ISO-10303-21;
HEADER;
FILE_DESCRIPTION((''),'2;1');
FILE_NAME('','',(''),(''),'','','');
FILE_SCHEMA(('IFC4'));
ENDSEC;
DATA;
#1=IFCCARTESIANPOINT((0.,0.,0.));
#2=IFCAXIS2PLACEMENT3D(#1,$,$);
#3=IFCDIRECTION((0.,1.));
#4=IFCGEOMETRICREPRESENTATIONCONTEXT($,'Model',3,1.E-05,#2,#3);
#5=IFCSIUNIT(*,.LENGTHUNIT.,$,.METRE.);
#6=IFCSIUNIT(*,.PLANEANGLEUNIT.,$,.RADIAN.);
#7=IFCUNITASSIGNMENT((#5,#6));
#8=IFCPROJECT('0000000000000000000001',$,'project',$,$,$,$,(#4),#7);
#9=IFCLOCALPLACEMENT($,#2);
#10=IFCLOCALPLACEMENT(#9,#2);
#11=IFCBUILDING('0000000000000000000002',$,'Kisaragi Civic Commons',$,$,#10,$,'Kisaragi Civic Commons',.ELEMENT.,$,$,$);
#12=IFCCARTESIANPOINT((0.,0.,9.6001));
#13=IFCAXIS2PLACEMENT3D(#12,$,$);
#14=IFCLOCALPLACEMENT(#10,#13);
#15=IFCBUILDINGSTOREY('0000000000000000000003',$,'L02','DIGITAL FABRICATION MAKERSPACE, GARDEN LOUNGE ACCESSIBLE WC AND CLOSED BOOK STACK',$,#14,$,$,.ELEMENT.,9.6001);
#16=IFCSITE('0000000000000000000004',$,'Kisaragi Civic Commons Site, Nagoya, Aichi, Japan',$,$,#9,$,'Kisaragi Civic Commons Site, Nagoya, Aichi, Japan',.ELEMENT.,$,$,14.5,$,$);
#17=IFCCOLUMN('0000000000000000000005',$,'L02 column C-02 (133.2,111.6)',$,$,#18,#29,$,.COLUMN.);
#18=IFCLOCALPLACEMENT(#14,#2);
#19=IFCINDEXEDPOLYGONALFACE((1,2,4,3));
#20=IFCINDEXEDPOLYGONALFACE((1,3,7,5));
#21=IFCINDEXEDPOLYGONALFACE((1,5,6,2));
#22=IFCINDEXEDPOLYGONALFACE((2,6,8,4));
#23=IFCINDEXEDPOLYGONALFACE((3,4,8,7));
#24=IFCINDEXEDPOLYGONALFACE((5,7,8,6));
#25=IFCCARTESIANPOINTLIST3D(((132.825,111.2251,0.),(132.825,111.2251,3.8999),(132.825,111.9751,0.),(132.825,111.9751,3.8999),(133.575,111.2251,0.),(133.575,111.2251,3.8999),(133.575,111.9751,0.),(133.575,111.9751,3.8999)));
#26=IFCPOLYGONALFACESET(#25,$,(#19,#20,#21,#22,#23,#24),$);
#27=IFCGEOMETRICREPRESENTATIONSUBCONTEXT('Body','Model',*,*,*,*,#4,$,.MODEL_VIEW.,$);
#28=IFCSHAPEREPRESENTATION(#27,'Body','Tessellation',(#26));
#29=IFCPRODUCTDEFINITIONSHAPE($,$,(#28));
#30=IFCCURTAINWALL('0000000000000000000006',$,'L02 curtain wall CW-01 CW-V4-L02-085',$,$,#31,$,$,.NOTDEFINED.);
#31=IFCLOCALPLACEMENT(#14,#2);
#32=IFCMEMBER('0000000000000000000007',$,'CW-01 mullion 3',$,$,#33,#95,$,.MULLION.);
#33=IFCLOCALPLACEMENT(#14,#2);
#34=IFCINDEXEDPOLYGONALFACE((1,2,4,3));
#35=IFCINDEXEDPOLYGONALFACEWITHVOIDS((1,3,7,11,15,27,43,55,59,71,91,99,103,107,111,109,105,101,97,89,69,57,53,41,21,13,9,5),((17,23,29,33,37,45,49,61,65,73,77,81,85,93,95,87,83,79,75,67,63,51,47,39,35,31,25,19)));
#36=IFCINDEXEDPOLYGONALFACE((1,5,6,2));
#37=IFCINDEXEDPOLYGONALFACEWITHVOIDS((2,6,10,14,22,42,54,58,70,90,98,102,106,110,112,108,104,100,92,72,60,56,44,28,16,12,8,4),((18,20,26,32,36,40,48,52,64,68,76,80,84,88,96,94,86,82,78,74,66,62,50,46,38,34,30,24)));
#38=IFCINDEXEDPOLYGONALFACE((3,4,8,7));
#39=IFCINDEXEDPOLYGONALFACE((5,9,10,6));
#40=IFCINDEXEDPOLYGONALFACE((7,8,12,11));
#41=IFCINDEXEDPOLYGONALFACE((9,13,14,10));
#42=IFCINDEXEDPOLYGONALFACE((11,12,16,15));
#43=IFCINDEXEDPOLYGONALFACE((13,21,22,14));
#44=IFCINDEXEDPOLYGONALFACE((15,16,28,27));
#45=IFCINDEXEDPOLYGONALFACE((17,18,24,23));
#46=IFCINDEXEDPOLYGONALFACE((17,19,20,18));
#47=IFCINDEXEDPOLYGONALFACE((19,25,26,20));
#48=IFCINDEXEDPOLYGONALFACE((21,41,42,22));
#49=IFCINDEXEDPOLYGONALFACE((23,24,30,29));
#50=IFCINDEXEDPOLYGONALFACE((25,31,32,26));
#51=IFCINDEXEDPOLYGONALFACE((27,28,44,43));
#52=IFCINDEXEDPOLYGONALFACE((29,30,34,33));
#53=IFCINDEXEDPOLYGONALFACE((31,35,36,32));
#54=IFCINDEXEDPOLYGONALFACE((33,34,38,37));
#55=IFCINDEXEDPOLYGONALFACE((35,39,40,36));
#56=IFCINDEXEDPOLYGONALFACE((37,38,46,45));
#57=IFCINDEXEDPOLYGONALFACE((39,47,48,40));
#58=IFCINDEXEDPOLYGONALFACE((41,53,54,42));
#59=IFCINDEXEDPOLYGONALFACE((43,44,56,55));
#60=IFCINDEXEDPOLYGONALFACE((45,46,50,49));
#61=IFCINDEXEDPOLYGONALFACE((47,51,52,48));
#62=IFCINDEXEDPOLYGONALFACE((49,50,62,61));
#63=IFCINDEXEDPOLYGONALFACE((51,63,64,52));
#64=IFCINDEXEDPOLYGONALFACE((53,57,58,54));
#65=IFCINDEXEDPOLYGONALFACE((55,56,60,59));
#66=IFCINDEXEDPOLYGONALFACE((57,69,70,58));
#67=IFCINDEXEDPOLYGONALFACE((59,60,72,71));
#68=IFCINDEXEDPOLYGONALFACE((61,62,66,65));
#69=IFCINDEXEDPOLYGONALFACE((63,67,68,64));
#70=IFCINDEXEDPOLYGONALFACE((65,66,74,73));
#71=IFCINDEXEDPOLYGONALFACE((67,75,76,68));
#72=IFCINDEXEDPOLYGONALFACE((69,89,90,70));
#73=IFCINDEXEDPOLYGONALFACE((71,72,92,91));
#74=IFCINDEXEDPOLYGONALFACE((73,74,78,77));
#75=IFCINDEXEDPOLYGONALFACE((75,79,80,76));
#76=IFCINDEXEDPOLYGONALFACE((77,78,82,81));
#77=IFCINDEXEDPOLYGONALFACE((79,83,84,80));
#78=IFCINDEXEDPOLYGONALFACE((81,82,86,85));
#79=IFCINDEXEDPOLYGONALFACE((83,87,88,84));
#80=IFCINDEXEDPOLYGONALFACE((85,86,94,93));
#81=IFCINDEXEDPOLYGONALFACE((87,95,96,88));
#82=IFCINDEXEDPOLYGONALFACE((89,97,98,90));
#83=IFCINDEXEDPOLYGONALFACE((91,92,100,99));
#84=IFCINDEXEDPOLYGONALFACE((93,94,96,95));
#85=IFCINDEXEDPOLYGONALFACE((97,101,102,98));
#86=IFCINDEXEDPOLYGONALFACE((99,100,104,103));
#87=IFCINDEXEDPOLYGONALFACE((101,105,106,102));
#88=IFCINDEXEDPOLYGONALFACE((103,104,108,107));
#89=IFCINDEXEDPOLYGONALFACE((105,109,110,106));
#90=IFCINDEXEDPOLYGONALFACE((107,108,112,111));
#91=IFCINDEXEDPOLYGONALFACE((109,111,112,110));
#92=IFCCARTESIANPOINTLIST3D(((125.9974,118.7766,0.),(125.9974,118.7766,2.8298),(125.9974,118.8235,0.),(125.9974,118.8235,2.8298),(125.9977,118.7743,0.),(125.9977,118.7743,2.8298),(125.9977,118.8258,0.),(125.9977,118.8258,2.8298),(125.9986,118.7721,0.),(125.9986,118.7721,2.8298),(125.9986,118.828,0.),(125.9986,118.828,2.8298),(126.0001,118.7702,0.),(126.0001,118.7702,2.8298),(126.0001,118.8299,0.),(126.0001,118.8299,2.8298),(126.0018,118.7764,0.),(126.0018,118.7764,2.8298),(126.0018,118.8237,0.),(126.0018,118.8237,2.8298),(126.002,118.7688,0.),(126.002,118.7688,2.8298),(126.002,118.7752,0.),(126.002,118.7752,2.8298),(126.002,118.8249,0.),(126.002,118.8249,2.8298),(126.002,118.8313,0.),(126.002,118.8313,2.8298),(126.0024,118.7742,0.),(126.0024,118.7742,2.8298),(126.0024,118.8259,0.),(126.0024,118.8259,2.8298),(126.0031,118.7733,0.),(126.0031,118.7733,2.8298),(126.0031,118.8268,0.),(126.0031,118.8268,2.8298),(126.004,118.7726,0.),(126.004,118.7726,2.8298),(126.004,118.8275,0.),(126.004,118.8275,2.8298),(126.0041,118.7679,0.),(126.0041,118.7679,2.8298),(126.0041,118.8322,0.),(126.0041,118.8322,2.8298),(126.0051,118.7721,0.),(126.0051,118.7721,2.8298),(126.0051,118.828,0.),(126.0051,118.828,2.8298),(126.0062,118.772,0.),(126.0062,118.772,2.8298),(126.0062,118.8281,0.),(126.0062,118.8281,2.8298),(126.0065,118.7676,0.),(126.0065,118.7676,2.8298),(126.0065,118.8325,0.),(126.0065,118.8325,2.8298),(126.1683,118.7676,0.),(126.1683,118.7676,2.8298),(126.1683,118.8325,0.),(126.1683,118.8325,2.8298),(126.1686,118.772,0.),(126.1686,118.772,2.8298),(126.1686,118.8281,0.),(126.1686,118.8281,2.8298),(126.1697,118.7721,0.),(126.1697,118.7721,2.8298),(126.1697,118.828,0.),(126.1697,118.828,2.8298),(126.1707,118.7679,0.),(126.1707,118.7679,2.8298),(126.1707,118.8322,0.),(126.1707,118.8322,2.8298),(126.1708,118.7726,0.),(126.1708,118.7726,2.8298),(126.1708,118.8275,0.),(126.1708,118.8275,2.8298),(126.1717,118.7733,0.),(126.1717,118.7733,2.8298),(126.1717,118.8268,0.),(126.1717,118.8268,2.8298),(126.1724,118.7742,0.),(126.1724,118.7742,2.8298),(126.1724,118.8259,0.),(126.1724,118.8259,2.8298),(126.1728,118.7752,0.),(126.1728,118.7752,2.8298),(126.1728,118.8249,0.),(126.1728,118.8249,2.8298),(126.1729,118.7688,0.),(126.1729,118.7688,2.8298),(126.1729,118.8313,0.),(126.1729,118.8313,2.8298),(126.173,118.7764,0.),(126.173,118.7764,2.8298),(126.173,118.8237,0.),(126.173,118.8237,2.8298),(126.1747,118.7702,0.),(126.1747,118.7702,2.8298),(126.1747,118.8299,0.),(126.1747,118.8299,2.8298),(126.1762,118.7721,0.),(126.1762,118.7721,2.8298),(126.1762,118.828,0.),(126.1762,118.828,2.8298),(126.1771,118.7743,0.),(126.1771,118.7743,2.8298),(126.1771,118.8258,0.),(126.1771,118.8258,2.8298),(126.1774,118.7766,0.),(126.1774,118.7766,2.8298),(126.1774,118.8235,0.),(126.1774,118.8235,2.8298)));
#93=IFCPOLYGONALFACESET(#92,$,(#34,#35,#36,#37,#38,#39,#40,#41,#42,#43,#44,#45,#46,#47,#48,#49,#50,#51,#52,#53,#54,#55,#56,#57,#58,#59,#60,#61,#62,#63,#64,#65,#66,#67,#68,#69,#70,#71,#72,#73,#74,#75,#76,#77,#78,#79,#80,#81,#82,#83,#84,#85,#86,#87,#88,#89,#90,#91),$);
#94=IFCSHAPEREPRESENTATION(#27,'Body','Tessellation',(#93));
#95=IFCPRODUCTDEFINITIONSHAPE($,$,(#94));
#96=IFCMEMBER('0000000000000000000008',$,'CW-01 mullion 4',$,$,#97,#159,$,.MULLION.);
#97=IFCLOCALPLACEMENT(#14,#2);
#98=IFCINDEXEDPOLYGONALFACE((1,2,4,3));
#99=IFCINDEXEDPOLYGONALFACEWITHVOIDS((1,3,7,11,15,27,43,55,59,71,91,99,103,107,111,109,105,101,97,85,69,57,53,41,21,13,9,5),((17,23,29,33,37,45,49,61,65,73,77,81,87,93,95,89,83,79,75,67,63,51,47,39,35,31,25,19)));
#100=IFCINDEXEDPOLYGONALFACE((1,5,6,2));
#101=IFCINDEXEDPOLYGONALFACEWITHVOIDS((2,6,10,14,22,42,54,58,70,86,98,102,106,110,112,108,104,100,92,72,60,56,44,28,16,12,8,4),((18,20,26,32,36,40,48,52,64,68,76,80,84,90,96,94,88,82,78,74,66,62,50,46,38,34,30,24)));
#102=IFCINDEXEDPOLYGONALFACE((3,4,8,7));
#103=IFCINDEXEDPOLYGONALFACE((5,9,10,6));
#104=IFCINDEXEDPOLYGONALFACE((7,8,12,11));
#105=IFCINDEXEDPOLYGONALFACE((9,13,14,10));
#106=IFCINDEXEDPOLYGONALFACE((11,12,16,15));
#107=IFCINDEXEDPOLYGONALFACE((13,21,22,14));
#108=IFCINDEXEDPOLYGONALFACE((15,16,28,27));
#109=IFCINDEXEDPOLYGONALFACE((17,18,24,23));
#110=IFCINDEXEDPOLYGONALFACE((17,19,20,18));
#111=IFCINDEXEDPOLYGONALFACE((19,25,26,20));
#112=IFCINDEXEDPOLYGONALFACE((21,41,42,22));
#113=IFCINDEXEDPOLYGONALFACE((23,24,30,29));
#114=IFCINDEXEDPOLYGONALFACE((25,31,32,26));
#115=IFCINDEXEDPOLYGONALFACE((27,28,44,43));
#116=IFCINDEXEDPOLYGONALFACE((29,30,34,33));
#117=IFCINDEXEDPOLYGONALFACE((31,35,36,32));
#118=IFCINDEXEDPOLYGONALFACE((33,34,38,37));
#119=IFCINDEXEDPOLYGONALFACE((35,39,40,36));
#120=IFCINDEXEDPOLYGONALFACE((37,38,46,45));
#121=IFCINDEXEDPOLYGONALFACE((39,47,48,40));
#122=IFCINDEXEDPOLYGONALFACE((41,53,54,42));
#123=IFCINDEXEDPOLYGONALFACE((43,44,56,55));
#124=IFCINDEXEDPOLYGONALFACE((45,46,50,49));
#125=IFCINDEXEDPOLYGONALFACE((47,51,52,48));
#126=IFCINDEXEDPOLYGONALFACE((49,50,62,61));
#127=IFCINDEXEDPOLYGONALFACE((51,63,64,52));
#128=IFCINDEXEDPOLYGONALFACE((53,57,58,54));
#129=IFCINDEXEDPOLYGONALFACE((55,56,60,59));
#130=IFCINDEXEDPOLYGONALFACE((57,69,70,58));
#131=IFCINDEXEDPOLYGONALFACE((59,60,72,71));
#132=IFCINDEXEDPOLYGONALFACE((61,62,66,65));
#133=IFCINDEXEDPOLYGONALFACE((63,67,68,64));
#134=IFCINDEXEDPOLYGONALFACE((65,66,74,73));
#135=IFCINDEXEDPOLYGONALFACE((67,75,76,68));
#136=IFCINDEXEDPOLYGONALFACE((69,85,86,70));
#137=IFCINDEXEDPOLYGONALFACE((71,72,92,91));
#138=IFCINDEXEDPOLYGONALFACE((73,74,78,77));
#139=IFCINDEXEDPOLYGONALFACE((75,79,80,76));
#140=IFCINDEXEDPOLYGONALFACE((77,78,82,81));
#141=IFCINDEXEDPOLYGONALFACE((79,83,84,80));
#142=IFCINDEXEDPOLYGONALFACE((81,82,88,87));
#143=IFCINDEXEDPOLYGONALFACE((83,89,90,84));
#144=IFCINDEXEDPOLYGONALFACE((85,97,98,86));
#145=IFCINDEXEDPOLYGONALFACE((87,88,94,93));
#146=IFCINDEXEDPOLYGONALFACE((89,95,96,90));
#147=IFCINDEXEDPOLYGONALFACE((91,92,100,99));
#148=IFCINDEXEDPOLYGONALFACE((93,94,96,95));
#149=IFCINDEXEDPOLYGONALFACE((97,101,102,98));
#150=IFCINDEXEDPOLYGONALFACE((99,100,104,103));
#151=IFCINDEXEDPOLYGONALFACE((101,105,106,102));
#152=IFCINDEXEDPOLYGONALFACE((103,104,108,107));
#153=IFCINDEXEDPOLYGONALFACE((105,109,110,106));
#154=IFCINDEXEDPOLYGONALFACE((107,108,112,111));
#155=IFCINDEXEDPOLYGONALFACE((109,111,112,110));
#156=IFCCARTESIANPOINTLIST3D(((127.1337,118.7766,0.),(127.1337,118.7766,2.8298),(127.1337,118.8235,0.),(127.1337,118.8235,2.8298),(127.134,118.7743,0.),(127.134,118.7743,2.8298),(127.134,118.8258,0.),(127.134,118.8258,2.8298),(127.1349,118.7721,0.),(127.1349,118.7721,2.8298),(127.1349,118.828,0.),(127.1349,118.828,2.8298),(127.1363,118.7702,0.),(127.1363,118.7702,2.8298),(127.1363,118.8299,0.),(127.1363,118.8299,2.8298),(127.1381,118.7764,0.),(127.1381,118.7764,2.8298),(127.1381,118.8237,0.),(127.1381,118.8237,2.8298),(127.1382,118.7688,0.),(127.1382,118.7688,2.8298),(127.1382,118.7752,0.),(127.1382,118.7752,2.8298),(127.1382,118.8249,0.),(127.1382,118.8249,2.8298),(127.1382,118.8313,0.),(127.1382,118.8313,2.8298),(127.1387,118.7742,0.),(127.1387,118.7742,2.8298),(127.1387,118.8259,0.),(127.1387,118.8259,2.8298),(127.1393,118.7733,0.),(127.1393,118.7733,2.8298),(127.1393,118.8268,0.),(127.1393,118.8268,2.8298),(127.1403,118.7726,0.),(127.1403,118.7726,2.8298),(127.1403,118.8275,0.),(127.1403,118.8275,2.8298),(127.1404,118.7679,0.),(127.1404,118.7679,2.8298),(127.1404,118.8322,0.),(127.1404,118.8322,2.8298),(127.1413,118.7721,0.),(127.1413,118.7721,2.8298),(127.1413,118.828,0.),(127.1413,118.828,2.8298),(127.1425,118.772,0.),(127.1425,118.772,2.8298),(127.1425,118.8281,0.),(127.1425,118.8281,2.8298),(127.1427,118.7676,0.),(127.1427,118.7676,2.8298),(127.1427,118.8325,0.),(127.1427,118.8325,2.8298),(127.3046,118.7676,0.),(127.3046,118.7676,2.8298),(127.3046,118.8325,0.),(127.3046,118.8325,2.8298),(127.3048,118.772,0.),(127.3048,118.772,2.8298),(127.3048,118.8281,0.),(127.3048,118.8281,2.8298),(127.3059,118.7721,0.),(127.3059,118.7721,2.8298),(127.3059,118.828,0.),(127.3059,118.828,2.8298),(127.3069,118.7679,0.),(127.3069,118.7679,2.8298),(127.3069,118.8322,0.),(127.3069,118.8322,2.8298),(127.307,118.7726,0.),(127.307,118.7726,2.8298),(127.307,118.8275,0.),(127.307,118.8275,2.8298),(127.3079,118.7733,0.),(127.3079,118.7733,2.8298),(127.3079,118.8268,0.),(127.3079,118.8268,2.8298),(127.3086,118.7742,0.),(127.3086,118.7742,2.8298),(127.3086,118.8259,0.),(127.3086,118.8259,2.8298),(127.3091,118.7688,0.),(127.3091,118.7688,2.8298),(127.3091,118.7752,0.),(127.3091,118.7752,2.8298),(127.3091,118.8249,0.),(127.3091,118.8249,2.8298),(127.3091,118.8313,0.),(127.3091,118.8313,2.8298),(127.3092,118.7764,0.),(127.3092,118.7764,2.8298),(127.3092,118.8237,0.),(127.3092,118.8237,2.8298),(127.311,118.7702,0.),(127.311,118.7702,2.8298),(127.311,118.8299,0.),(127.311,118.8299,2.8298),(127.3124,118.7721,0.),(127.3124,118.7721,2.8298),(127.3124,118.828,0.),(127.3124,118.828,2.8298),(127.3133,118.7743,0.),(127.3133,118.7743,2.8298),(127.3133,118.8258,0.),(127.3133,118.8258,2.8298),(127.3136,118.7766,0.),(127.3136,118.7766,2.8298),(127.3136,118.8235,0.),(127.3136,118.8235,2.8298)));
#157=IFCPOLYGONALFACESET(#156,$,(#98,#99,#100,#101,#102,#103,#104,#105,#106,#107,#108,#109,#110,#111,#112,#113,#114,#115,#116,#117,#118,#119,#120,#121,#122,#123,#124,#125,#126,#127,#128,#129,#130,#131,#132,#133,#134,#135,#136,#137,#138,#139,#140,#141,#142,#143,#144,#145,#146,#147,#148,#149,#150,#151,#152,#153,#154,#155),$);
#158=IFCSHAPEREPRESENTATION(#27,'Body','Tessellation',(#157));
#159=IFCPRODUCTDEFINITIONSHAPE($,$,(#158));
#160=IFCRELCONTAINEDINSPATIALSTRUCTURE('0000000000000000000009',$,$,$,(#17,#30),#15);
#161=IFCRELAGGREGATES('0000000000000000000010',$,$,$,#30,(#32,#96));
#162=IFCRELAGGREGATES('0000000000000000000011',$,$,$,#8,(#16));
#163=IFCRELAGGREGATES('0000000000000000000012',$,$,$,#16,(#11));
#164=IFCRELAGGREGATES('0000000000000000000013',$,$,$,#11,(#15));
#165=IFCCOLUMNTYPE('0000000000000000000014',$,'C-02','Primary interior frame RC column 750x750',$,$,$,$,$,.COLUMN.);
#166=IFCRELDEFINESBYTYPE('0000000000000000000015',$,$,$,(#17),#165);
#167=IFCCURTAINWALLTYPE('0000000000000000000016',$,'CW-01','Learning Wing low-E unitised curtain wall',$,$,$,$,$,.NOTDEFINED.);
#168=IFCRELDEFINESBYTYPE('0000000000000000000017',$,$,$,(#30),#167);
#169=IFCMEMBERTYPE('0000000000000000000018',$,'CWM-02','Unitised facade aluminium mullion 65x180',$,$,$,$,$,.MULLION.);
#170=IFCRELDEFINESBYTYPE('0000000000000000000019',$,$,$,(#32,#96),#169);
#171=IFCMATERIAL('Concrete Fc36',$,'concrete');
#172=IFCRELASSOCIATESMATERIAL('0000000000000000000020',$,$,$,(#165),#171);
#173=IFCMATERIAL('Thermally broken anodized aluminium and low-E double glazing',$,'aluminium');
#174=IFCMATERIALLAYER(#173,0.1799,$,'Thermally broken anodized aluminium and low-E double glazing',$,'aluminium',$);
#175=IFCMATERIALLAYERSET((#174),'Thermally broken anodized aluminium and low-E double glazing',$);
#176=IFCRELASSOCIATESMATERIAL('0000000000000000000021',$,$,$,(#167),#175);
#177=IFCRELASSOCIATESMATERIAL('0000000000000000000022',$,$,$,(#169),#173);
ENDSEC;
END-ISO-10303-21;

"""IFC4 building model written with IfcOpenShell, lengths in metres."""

from ifc_helpers import new_model, si_unit, direction, frame, origin, origin_2d, place, context, subcontext, project, spatial, rectangle, hollow_rectangle, extrude, material, layer, layer_set, material_profile, profile_set, type_object, element, aggregate, save


model = new_model("IFC4")

# Units and contexts
model_context = context("Model", 3, precision=1e-05, world=origin(), true_north=direction((0.0, 1.0)))
body_context = subcontext(model_context, "Body", "Model", "MODEL_VIEW")
ifc_project = project(units=[si_unit("LENGTHUNIT", "METRE"), si_unit("PLANEANGLEUNIT", "RADIAN")], contexts=[model_context])

# Site, building, storey
site_placement = place(None, origin())
site = spatial("IfcSite", under=ifc_project, at=site_placement, Name="Kisaragi Civic Commons Site, Nagoya, Aichi, Japan", LongName="Kisaragi Civic Commons Site, Nagoya, Aichi, Japan", CompositionType="ELEMENT", RefElevation=14.5)
building_placement = place(site_placement, origin())
building = spatial("IfcBuilding", under=site, at=building_placement, Name="Kisaragi Civic Commons", LongName="Kisaragi Civic Commons", CompositionType="ELEMENT")
storey_placement = place(building_placement, frame((0.0, 0.0, 9.6001)))
storey = spatial("IfcBuildingStorey", under=building, at=storey_placement, Name="L02", Description="DIGITAL FABRICATION MAKERSPACE, GARDEN LOUNGE ACCESSIBLE WC AND CLOSED BOOK STACK", CompositionType="ELEMENT", Elevation=9.6001)

# Column
ifc_material_1 = material(Name="Concrete Fc36", Category="concrete")
ifc_material_profile_1 = material_profile(ifc_material_1, rectangle(XDim=0.75, YDim=0.75, at=origin_2d()), Name="RC-750x750", Category="concrete")
ifc_profile_set_1 = profile_set([ifc_material_profile_1], Name="Concrete Fc36")
column_type = type_object("IfcColumnType", Name="C-02", Description="Primary interior frame RC column 750x750", PredefinedType="COLUMN", material=ifc_profile_set_1)
column_placement = place(storey_placement, frame((133.2, 111.6001, 0.0), z_axis=(0.0, 0.0, 1.0), x_axis=(1.0, 0.0, 0.0)))
element("IfcColumn", 1, at=column_placement, inside=storey, type_object=column_type, Name="L02 column C-02 (133.2,111.6)", PredefinedType="COLUMN", context=body_context, shape_type="SweptSolid", body=[
    extrude(rectangle(XDim=0.75, YDim=0.75, at=origin_2d()), origin(), (0.0, 0.0, 1.0), 3.8999),
])

# Curtain wall, members
ifc_material_2 = material(Name="Thermally broken anodized aluminium and low-E double glazing", Category="aluminium")
ifc_layer_1 = layer(ifc_material_2, 0.1799, Name="Thermally broken anodized aluminium and low-E double glazing", Category="aluminium")
ifc_layer_set_1 = layer_set([ifc_layer_1], Name="Thermally broken anodized aluminium and low-E double glazing")
curtain_wall_type = type_object("IfcCurtainWallType", Name="CW-01", Description="Learning Wing low-E unitised curtain wall", PredefinedType="NOTDEFINED", material=ifc_layer_set_1)
curtain_wall_1_placement = place(storey_placement, origin())
curtain_wall_1 = element("IfcCurtainWall", 2, at=curtain_wall_1_placement, inside=storey, type_object=curtain_wall_type, Name="L02 curtain wall CW-01 CW-V4-L02-085", PredefinedType="NOTDEFINED")
ifc_material_profile_2 = material_profile(ifc_material_2, hollow_rectangle(XDim=0.0649, YDim=0.1799, WallThickness=0.0044, InnerFilletRadius=0.0044, OuterFilletRadius=0.009, at=origin_2d()), Name="CWM-65x180x4.5", Category="aluminium")
ifc_profile_set_2 = profile_set([ifc_material_profile_2], Name="Thermally broken anodized aluminium and low-E double glazing")
member_type_1 = type_object("IfcMemberType", Name="CWM-02", Description="Unitised facade aluminium mullion 65x180", PredefinedType="MULLION", material=ifc_profile_set_2)
member_1_placement = place(storey_placement, frame((126.0874, 118.8, 0.0), z_axis=(0.0, 0.0, 1.0), x_axis=(0.0, 1.0, 0.0)))
member_1 = element("IfcMember", 3, at=member_1_placement, type_object=member_type_1, Name="CW-01 mullion 3", PredefinedType="MULLION", context=body_context, shape_type="SweptSolid", body=[
    extrude(hollow_rectangle(XDim=0.0649, YDim=0.1799, WallThickness=0.0044, InnerFilletRadius=0.0044, OuterFilletRadius=0.009, at=origin_2d()), origin(), (0.0, 0.0, 1.0), 2.8298),
])
member_2_placement = place(storey_placement, frame((127.2236, 118.8, 0.0), z_axis=(0.0, 0.0, 1.0), x_axis=(0.0, 1.0, 0.0)))
member_2 = element("IfcMember", 4, at=member_2_placement, type_object=member_type_1, Name="CW-01 mullion 4", PredefinedType="MULLION", context=body_context, shape_type="SweptSolid", body=[
    extrude(hollow_rectangle(XDim=0.0649, YDim=0.1799, WallThickness=0.0044, InnerFilletRadius=0.0044, OuterFilletRadius=0.009, at=origin_2d()), origin(), (0.0, 0.0, 1.0), 2.8298),
])

aggregate(curtain_wall_1, [member_1, member_2])

save(model, "model.ifc")
